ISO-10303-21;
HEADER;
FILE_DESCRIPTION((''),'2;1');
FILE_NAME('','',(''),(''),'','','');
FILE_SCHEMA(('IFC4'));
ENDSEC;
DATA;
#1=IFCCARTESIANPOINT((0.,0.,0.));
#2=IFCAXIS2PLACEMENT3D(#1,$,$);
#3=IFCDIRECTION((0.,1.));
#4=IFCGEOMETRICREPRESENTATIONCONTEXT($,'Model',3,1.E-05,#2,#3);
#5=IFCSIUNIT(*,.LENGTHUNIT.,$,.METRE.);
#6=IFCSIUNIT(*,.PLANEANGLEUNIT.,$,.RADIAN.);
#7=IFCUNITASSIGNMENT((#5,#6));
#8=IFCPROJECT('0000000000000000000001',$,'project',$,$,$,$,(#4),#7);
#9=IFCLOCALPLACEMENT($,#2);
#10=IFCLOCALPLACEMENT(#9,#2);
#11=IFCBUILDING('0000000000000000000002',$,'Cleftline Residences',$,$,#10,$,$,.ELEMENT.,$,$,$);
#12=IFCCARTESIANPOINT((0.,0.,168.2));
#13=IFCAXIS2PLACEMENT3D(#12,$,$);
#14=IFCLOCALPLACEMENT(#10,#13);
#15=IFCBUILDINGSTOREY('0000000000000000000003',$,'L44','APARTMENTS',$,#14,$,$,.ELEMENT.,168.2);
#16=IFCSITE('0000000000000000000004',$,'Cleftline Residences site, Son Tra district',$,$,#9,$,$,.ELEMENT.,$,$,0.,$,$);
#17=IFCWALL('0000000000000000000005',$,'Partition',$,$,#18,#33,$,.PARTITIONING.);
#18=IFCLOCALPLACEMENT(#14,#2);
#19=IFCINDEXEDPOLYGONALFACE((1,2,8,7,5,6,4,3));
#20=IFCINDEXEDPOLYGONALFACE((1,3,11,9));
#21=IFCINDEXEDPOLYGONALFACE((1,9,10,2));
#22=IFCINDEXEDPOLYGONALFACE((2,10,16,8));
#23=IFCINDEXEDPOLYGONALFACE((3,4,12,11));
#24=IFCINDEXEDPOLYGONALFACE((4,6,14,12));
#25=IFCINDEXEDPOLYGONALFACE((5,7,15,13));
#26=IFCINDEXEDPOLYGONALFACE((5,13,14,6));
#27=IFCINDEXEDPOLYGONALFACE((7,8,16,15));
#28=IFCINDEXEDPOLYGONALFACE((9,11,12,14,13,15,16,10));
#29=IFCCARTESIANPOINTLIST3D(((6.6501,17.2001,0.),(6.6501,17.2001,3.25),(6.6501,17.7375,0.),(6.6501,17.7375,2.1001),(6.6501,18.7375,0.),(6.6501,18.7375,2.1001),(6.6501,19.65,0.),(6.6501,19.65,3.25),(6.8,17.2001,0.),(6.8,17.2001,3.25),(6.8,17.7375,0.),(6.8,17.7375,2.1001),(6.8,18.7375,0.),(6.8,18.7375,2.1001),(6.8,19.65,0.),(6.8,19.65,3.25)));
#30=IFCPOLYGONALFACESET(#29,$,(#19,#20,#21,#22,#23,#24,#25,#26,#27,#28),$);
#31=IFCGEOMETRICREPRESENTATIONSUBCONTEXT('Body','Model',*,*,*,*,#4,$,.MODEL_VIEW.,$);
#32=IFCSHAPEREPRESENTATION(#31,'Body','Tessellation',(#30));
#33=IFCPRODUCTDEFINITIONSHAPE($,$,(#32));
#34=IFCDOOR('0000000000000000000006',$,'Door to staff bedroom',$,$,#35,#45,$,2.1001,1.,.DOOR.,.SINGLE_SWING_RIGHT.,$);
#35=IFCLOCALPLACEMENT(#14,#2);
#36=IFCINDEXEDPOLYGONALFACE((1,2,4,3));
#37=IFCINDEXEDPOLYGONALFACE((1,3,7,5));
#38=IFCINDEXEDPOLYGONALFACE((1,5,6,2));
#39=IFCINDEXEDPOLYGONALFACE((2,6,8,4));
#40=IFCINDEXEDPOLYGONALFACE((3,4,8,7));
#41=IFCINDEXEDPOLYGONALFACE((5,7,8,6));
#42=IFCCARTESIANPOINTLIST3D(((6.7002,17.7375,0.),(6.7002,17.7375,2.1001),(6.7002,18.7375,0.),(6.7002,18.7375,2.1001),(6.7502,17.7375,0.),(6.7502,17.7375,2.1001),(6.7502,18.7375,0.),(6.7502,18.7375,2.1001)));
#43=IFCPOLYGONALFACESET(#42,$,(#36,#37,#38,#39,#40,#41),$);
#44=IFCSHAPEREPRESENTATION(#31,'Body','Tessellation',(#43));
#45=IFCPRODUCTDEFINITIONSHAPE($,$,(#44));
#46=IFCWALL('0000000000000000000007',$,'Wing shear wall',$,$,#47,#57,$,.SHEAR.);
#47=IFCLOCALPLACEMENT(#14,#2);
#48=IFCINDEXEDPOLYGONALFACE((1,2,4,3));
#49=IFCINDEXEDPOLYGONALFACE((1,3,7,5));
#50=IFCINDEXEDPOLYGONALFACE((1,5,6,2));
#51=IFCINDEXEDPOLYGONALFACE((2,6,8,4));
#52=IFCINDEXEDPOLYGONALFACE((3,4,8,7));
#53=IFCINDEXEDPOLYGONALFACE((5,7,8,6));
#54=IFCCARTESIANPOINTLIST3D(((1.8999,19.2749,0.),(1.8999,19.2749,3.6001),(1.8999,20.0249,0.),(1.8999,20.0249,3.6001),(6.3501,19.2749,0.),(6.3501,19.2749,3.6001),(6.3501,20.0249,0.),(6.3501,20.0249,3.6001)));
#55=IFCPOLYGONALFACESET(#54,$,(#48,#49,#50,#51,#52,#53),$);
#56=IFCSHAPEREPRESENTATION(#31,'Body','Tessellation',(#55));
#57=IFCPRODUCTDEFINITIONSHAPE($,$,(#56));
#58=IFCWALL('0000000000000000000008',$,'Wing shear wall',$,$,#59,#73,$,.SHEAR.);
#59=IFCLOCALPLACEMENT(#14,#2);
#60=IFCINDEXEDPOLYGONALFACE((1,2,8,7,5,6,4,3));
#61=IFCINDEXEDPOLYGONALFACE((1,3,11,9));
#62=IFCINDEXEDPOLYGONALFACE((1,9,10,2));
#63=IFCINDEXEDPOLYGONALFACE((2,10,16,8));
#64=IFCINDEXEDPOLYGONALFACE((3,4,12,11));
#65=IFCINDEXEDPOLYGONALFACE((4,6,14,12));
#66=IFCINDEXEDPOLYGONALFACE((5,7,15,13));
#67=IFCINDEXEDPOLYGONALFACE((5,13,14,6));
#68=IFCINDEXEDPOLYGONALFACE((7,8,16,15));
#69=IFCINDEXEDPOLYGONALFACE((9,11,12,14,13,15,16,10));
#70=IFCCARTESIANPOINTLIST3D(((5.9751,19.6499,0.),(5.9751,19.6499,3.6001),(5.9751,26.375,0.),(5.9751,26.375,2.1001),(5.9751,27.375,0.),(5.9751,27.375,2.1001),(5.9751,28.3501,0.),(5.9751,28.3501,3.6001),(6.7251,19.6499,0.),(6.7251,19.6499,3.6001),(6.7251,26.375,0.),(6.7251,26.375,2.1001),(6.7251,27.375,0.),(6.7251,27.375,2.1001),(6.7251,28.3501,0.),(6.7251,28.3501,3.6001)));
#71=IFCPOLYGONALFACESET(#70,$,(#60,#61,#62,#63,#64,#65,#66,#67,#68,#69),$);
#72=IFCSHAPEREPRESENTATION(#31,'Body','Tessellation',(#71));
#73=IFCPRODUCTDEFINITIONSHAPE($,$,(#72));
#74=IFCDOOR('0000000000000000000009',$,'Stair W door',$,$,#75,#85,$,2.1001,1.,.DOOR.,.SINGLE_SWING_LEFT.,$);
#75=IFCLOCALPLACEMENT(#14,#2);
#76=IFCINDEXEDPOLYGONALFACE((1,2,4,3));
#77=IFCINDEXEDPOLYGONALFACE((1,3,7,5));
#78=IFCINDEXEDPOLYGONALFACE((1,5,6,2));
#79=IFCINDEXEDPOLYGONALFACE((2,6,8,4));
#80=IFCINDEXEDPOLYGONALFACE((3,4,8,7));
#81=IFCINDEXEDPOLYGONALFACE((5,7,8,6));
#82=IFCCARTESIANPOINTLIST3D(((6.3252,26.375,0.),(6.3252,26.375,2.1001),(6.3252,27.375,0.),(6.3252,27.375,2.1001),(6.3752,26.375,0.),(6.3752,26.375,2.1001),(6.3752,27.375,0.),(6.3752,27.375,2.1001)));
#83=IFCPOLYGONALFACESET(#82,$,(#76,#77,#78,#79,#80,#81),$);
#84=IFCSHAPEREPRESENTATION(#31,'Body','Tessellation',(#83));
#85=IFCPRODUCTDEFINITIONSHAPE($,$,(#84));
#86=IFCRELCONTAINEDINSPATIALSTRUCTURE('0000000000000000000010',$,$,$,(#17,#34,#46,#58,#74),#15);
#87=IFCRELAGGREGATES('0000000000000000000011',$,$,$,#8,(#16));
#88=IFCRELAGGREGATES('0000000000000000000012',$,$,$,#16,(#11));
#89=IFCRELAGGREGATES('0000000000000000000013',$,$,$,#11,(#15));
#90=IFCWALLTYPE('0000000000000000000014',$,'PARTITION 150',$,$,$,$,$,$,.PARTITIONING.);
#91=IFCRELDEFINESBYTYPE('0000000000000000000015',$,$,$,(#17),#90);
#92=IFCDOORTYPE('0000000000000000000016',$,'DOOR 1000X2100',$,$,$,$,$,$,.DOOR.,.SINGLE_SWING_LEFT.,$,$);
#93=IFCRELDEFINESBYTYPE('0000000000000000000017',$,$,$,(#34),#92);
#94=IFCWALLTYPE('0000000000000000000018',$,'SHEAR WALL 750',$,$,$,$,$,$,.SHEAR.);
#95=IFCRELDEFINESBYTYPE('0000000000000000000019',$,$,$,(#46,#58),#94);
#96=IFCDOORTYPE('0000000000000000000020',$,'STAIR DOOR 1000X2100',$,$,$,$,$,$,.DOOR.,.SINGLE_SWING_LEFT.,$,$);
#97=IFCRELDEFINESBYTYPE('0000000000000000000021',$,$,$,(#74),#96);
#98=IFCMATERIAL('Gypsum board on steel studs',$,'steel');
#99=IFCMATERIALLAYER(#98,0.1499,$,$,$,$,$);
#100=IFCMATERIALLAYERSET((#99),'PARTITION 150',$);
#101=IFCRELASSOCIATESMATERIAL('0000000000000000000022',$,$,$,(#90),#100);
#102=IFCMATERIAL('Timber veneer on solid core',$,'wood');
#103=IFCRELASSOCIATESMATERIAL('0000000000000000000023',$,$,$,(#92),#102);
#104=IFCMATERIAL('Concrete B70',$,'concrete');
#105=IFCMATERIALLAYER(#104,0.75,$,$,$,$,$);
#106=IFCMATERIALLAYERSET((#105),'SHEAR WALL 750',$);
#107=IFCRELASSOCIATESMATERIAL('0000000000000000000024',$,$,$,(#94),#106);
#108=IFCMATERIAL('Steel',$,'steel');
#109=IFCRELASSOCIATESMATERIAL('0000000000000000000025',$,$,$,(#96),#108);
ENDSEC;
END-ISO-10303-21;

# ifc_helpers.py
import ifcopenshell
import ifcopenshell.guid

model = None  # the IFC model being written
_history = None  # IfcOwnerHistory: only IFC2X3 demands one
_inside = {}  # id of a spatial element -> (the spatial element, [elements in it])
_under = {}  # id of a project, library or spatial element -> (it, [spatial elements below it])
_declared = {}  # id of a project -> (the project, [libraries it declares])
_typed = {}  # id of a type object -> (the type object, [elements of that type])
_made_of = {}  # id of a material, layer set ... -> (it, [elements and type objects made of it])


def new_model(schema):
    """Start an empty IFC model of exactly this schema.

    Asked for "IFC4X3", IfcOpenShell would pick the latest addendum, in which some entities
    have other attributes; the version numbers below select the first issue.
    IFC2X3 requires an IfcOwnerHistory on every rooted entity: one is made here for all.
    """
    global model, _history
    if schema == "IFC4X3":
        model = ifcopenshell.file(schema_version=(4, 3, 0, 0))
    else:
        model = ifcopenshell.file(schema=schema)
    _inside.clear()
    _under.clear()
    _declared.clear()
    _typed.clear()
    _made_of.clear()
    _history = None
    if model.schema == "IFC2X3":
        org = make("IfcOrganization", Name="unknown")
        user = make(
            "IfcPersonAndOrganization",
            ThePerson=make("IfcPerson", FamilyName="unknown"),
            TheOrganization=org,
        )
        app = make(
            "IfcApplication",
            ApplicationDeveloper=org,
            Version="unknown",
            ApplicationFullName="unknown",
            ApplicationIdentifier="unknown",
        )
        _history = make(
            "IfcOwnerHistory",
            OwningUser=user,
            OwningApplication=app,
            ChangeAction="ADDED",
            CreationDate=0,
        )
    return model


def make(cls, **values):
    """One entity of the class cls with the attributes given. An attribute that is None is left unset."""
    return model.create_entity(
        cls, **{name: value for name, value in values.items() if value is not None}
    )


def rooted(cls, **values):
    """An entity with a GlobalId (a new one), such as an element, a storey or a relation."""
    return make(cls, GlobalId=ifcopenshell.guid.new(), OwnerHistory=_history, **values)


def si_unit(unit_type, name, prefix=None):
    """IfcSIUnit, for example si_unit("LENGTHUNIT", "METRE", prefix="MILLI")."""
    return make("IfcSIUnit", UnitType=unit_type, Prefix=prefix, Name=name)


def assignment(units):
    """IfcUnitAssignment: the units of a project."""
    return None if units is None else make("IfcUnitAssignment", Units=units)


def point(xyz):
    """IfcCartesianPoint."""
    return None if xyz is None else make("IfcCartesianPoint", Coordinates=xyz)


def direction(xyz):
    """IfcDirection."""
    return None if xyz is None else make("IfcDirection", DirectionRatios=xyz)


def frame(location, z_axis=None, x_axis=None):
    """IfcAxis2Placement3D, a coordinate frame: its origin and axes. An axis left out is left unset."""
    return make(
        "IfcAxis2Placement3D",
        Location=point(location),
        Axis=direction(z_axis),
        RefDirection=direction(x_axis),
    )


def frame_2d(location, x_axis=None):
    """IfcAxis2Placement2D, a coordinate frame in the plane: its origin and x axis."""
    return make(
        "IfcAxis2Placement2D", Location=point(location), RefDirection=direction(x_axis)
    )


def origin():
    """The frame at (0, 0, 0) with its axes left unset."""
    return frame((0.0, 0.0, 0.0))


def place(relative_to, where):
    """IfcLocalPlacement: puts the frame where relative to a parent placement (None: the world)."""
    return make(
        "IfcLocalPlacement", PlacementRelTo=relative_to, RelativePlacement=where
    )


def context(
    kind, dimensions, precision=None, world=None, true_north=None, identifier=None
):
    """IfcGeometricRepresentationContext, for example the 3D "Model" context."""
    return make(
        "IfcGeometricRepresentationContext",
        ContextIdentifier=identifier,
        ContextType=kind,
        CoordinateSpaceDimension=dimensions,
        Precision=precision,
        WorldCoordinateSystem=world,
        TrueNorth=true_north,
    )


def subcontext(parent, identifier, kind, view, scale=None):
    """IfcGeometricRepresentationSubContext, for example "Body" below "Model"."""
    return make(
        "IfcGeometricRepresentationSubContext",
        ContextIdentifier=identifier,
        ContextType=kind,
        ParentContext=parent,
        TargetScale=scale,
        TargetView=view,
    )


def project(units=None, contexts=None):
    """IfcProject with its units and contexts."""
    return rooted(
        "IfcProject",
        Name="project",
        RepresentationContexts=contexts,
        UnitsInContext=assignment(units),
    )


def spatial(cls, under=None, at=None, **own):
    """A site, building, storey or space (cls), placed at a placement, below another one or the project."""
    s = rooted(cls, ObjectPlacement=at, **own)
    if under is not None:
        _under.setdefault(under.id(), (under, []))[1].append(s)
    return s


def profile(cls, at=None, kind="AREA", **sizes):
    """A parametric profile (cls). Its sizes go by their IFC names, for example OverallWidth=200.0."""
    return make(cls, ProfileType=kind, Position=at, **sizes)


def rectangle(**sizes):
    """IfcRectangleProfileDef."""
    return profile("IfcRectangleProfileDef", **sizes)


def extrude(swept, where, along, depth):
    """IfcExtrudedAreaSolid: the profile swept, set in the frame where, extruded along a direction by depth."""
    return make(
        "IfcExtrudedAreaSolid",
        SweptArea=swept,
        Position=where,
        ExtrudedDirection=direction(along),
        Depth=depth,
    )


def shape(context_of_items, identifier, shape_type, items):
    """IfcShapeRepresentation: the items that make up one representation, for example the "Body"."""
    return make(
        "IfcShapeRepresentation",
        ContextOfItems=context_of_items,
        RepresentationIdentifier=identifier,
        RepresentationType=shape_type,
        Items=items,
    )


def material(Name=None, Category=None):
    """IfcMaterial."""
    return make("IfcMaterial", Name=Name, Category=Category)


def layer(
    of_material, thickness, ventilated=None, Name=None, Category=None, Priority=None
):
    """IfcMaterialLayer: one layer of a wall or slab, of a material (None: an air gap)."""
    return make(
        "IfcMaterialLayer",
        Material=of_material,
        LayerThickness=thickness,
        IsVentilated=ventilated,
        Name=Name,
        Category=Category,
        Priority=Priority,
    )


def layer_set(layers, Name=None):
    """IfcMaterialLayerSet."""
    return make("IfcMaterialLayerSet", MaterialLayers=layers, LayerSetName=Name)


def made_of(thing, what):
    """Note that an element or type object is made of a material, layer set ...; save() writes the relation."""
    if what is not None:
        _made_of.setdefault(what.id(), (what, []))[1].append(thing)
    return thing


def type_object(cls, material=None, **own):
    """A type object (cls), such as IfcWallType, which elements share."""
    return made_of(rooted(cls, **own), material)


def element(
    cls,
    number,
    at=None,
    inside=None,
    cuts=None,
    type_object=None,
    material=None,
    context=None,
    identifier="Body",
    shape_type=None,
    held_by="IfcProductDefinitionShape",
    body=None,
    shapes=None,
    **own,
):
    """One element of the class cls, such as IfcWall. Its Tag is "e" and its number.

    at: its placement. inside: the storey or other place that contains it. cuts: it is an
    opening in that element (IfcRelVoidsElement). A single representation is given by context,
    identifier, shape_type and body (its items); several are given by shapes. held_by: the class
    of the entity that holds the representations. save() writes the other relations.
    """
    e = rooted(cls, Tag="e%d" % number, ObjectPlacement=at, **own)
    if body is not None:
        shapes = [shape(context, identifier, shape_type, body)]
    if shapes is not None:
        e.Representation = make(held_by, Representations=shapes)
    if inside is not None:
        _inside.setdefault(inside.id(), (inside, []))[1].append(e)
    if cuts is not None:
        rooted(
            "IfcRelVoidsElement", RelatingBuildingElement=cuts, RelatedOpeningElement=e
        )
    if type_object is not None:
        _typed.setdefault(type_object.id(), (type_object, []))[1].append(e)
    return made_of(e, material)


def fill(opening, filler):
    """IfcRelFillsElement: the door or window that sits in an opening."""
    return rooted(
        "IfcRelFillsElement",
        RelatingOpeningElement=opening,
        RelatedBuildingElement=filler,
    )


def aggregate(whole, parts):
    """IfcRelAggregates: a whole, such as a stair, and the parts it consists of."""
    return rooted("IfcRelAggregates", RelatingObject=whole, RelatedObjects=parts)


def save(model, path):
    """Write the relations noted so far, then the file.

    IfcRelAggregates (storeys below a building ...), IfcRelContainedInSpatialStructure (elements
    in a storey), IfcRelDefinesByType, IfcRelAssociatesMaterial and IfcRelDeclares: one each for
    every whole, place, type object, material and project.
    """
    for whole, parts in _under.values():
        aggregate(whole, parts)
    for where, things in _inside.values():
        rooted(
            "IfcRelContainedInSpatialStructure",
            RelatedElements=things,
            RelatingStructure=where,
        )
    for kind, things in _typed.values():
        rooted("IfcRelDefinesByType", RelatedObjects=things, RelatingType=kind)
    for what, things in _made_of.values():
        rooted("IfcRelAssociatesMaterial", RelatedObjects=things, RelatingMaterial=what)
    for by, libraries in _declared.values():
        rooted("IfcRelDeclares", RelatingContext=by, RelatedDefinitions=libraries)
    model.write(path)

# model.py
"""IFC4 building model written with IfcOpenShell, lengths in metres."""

from ifc_helpers import new_model, si_unit, direction, frame, frame_2d, origin, place, context, subcontext, project, spatial, rectangle, extrude, material, layer, layer_set, type_object, element, fill, save


model = new_model("IFC4")

# Units and contexts
model_context = context("Model", 3, precision=1e-05, world=origin(), true_north=direction((0.0, 1.0)))
body_context = subcontext(model_context, "Body", "Model", "MODEL_VIEW")
ifc_project = project(units=[si_unit("LENGTHUNIT", "METRE"), si_unit("PLANEANGLEUNIT", "RADIAN")], contexts=[model_context])

# Site, building, storey
site_placement = place(None, origin())
site = spatial("IfcSite", under=ifc_project, at=site_placement, Name="Cleftline Residences site, Son Tra district", CompositionType="ELEMENT", RefElevation=0.0)
building_placement = place(site_placement, origin())
building = spatial("IfcBuilding", under=site, at=building_placement, Name="Cleftline Residences", CompositionType="ELEMENT")
storey_placement = place(building_placement, frame((0.0, 0.0, 168.2)))
storey = spatial("IfcBuildingStorey", under=building, at=storey_placement, Name="L44", Description="APARTMENTS", CompositionType="ELEMENT", Elevation=168.2)

# Wall, opening, door
ifc_material_1 = material(Name="Gypsum board on steel studs", Category="steel")
ifc_layer_1 = layer(ifc_material_1, 0.1499)
ifc_layer_set_1 = layer_set([ifc_layer_1], Name="PARTITION 150")
wall_type_1 = type_object("IfcWallType", Name="PARTITION 150", PredefinedType="PARTITIONING", material=ifc_layer_set_1)
wall_1_placement = place(storey_placement, frame((6.7251, 17.2, 0.0), z_axis=(0.0, 0.0, 1.0), x_axis=(0.0, 1.0, 0.0)))
wall_1 = element("IfcWall", 1, at=wall_1_placement, inside=storey, type_object=wall_type_1, Name="Partition", PredefinedType="PARTITIONING", context=body_context, shape_type="SweptSolid", body=[
    extrude(rectangle(XDim=2.45, YDim=0.1499, at=frame_2d((1.2251, 0.0))), origin(), (0.0, 0.0, 1.0), 3.25),
])
opening_1_placement = place(wall_1_placement, frame((0.5376, 0.0, 0.0)))
opening_1 = element("IfcOpeningElement", 2, at=opening_1_placement, cuts=wall_1, PredefinedType="OPENING", context=body_context, shape_type="SweptSolid", body=[
    extrude(rectangle(XDim=1.0, YDim=2.1001, at=frame_2d((0.5, 1.05))), frame((0.0, 0.085, 0.0), z_axis=(0.0, -1.0, 0.0), x_axis=(1.0, 0.0, 0.0)), (0.0, 0.0, 1.0), 0.1699),
])
ifc_material_2 = material(Name="Timber veneer on solid core", Category="wood")
door_type_1 = type_object("IfcDoorType", Name="DOOR 1000X2100", OperationType="SINGLE_SWING_LEFT", PredefinedType="DOOR", material=ifc_material_2)
door_1_placement = place(opening_1_placement, origin())
door_1 = element("IfcDoor", 3, at=door_1_placement, inside=storey, type_object=door_type_1, Name="Door to staff bedroom", OperationType="SINGLE_SWING_RIGHT", OverallHeight=2.1001, OverallWidth=1.0, PredefinedType="DOOR", context=body_context, shape_type="SweptSolid", body=[
    extrude(rectangle(XDim=1.0, YDim=2.1001, at=frame_2d((0.5, 1.05))), frame((0.0, 0.0249, 0.0), z_axis=(0.0, -1.0, 0.0), x_axis=(1.0, 0.0, 0.0)), (0.0, 0.0, 1.0), 0.05),
])
fill(opening_1, door_1)

# Wall
ifc_material_3 = material(Name="Concrete B70", Category="concrete")
ifc_layer_2 = layer(ifc_material_3, 0.75)
ifc_layer_set_2 = layer_set([ifc_layer_2], Name="SHEAR WALL 750")
wall_type_2 = type_object("IfcWallType", Name="SHEAR WALL 750", PredefinedType="SHEAR", material=ifc_layer_set_2)
wall_2_placement = place(storey_placement, frame((1.8999, 19.6499, 0.0), z_axis=(0.0, 0.0, 1.0), x_axis=(1.0, 0.0, 0.0)))
element("IfcWall", 4, at=wall_2_placement, inside=storey, type_object=wall_type_2, Name="Wing shear wall", PredefinedType="SHEAR", context=body_context, shape_type="SweptSolid", body=[
    extrude(rectangle(XDim=4.4502, YDim=0.75, at=frame_2d((2.2251, 0.0))), origin(), (0.0, 0.0, 1.0), 3.6001),
])

# Wall, opening, door
wall_3_placement = place(storey_placement, frame((6.3501, 19.6499, 0.0), z_axis=(0.0, 0.0, 1.0), x_axis=(0.0, 1.0, 0.0)))
wall_3 = element("IfcWall", 5, at=wall_3_placement, inside=storey, type_object=wall_type_2, Name="Wing shear wall", PredefinedType="SHEAR", context=body_context, shape_type="SweptSolid", body=[
    extrude(rectangle(XDim=8.7002, YDim=0.75, at=frame_2d((4.3501, 0.0))), origin(), (0.0, 0.0, 1.0), 3.6001),
])
opening_2_placement = place(wall_3_placement, frame((6.7251, 0.0, 0.0)))
opening_2 = element("IfcOpeningElement", 6, at=opening_2_placement, cuts=wall_3, PredefinedType="OPENING", context=body_context, shape_type="SweptSolid", body=[
    extrude(rectangle(XDim=1.0, YDim=2.1001, at=frame_2d((0.5, 1.05))), frame((0.0, 0.385, 0.0), z_axis=(0.0, -1.0, 0.0), x_axis=(1.0, 0.0, 0.0)), (0.0, 0.0, 1.0), 0.77),
])
ifc_material_4 = material(Name="Steel", Category="steel")
door_type_2 = type_object("IfcDoorType", Name="STAIR DOOR 1000X2100", OperationType="SINGLE_SWING_LEFT", PredefinedType="DOOR", material=ifc_material_4)
door_2_placement = place(opening_2_placement, origin())
door_2 = element("IfcDoor", 7, at=door_2_placement, inside=storey, type_object=door_type_2, Name="Stair W door", OperationType="SINGLE_SWING_LEFT", OverallHeight=2.1001, OverallWidth=1.0, PredefinedType="DOOR", context=body_context, shape_type="SweptSolid", body=[
    extrude(rectangle(XDim=1.0, YDim=2.1001, at=frame_2d((0.5, 1.05))), frame((0.0, 0.0249, 0.0), z_axis=(0.0, -1.0, 0.0), x_axis=(1.0, 0.0, 0.0)), (0.0, 0.0, 1.0), 0.05),
])
fill(opening_2, door_2)

save(model, "model.ifc")
